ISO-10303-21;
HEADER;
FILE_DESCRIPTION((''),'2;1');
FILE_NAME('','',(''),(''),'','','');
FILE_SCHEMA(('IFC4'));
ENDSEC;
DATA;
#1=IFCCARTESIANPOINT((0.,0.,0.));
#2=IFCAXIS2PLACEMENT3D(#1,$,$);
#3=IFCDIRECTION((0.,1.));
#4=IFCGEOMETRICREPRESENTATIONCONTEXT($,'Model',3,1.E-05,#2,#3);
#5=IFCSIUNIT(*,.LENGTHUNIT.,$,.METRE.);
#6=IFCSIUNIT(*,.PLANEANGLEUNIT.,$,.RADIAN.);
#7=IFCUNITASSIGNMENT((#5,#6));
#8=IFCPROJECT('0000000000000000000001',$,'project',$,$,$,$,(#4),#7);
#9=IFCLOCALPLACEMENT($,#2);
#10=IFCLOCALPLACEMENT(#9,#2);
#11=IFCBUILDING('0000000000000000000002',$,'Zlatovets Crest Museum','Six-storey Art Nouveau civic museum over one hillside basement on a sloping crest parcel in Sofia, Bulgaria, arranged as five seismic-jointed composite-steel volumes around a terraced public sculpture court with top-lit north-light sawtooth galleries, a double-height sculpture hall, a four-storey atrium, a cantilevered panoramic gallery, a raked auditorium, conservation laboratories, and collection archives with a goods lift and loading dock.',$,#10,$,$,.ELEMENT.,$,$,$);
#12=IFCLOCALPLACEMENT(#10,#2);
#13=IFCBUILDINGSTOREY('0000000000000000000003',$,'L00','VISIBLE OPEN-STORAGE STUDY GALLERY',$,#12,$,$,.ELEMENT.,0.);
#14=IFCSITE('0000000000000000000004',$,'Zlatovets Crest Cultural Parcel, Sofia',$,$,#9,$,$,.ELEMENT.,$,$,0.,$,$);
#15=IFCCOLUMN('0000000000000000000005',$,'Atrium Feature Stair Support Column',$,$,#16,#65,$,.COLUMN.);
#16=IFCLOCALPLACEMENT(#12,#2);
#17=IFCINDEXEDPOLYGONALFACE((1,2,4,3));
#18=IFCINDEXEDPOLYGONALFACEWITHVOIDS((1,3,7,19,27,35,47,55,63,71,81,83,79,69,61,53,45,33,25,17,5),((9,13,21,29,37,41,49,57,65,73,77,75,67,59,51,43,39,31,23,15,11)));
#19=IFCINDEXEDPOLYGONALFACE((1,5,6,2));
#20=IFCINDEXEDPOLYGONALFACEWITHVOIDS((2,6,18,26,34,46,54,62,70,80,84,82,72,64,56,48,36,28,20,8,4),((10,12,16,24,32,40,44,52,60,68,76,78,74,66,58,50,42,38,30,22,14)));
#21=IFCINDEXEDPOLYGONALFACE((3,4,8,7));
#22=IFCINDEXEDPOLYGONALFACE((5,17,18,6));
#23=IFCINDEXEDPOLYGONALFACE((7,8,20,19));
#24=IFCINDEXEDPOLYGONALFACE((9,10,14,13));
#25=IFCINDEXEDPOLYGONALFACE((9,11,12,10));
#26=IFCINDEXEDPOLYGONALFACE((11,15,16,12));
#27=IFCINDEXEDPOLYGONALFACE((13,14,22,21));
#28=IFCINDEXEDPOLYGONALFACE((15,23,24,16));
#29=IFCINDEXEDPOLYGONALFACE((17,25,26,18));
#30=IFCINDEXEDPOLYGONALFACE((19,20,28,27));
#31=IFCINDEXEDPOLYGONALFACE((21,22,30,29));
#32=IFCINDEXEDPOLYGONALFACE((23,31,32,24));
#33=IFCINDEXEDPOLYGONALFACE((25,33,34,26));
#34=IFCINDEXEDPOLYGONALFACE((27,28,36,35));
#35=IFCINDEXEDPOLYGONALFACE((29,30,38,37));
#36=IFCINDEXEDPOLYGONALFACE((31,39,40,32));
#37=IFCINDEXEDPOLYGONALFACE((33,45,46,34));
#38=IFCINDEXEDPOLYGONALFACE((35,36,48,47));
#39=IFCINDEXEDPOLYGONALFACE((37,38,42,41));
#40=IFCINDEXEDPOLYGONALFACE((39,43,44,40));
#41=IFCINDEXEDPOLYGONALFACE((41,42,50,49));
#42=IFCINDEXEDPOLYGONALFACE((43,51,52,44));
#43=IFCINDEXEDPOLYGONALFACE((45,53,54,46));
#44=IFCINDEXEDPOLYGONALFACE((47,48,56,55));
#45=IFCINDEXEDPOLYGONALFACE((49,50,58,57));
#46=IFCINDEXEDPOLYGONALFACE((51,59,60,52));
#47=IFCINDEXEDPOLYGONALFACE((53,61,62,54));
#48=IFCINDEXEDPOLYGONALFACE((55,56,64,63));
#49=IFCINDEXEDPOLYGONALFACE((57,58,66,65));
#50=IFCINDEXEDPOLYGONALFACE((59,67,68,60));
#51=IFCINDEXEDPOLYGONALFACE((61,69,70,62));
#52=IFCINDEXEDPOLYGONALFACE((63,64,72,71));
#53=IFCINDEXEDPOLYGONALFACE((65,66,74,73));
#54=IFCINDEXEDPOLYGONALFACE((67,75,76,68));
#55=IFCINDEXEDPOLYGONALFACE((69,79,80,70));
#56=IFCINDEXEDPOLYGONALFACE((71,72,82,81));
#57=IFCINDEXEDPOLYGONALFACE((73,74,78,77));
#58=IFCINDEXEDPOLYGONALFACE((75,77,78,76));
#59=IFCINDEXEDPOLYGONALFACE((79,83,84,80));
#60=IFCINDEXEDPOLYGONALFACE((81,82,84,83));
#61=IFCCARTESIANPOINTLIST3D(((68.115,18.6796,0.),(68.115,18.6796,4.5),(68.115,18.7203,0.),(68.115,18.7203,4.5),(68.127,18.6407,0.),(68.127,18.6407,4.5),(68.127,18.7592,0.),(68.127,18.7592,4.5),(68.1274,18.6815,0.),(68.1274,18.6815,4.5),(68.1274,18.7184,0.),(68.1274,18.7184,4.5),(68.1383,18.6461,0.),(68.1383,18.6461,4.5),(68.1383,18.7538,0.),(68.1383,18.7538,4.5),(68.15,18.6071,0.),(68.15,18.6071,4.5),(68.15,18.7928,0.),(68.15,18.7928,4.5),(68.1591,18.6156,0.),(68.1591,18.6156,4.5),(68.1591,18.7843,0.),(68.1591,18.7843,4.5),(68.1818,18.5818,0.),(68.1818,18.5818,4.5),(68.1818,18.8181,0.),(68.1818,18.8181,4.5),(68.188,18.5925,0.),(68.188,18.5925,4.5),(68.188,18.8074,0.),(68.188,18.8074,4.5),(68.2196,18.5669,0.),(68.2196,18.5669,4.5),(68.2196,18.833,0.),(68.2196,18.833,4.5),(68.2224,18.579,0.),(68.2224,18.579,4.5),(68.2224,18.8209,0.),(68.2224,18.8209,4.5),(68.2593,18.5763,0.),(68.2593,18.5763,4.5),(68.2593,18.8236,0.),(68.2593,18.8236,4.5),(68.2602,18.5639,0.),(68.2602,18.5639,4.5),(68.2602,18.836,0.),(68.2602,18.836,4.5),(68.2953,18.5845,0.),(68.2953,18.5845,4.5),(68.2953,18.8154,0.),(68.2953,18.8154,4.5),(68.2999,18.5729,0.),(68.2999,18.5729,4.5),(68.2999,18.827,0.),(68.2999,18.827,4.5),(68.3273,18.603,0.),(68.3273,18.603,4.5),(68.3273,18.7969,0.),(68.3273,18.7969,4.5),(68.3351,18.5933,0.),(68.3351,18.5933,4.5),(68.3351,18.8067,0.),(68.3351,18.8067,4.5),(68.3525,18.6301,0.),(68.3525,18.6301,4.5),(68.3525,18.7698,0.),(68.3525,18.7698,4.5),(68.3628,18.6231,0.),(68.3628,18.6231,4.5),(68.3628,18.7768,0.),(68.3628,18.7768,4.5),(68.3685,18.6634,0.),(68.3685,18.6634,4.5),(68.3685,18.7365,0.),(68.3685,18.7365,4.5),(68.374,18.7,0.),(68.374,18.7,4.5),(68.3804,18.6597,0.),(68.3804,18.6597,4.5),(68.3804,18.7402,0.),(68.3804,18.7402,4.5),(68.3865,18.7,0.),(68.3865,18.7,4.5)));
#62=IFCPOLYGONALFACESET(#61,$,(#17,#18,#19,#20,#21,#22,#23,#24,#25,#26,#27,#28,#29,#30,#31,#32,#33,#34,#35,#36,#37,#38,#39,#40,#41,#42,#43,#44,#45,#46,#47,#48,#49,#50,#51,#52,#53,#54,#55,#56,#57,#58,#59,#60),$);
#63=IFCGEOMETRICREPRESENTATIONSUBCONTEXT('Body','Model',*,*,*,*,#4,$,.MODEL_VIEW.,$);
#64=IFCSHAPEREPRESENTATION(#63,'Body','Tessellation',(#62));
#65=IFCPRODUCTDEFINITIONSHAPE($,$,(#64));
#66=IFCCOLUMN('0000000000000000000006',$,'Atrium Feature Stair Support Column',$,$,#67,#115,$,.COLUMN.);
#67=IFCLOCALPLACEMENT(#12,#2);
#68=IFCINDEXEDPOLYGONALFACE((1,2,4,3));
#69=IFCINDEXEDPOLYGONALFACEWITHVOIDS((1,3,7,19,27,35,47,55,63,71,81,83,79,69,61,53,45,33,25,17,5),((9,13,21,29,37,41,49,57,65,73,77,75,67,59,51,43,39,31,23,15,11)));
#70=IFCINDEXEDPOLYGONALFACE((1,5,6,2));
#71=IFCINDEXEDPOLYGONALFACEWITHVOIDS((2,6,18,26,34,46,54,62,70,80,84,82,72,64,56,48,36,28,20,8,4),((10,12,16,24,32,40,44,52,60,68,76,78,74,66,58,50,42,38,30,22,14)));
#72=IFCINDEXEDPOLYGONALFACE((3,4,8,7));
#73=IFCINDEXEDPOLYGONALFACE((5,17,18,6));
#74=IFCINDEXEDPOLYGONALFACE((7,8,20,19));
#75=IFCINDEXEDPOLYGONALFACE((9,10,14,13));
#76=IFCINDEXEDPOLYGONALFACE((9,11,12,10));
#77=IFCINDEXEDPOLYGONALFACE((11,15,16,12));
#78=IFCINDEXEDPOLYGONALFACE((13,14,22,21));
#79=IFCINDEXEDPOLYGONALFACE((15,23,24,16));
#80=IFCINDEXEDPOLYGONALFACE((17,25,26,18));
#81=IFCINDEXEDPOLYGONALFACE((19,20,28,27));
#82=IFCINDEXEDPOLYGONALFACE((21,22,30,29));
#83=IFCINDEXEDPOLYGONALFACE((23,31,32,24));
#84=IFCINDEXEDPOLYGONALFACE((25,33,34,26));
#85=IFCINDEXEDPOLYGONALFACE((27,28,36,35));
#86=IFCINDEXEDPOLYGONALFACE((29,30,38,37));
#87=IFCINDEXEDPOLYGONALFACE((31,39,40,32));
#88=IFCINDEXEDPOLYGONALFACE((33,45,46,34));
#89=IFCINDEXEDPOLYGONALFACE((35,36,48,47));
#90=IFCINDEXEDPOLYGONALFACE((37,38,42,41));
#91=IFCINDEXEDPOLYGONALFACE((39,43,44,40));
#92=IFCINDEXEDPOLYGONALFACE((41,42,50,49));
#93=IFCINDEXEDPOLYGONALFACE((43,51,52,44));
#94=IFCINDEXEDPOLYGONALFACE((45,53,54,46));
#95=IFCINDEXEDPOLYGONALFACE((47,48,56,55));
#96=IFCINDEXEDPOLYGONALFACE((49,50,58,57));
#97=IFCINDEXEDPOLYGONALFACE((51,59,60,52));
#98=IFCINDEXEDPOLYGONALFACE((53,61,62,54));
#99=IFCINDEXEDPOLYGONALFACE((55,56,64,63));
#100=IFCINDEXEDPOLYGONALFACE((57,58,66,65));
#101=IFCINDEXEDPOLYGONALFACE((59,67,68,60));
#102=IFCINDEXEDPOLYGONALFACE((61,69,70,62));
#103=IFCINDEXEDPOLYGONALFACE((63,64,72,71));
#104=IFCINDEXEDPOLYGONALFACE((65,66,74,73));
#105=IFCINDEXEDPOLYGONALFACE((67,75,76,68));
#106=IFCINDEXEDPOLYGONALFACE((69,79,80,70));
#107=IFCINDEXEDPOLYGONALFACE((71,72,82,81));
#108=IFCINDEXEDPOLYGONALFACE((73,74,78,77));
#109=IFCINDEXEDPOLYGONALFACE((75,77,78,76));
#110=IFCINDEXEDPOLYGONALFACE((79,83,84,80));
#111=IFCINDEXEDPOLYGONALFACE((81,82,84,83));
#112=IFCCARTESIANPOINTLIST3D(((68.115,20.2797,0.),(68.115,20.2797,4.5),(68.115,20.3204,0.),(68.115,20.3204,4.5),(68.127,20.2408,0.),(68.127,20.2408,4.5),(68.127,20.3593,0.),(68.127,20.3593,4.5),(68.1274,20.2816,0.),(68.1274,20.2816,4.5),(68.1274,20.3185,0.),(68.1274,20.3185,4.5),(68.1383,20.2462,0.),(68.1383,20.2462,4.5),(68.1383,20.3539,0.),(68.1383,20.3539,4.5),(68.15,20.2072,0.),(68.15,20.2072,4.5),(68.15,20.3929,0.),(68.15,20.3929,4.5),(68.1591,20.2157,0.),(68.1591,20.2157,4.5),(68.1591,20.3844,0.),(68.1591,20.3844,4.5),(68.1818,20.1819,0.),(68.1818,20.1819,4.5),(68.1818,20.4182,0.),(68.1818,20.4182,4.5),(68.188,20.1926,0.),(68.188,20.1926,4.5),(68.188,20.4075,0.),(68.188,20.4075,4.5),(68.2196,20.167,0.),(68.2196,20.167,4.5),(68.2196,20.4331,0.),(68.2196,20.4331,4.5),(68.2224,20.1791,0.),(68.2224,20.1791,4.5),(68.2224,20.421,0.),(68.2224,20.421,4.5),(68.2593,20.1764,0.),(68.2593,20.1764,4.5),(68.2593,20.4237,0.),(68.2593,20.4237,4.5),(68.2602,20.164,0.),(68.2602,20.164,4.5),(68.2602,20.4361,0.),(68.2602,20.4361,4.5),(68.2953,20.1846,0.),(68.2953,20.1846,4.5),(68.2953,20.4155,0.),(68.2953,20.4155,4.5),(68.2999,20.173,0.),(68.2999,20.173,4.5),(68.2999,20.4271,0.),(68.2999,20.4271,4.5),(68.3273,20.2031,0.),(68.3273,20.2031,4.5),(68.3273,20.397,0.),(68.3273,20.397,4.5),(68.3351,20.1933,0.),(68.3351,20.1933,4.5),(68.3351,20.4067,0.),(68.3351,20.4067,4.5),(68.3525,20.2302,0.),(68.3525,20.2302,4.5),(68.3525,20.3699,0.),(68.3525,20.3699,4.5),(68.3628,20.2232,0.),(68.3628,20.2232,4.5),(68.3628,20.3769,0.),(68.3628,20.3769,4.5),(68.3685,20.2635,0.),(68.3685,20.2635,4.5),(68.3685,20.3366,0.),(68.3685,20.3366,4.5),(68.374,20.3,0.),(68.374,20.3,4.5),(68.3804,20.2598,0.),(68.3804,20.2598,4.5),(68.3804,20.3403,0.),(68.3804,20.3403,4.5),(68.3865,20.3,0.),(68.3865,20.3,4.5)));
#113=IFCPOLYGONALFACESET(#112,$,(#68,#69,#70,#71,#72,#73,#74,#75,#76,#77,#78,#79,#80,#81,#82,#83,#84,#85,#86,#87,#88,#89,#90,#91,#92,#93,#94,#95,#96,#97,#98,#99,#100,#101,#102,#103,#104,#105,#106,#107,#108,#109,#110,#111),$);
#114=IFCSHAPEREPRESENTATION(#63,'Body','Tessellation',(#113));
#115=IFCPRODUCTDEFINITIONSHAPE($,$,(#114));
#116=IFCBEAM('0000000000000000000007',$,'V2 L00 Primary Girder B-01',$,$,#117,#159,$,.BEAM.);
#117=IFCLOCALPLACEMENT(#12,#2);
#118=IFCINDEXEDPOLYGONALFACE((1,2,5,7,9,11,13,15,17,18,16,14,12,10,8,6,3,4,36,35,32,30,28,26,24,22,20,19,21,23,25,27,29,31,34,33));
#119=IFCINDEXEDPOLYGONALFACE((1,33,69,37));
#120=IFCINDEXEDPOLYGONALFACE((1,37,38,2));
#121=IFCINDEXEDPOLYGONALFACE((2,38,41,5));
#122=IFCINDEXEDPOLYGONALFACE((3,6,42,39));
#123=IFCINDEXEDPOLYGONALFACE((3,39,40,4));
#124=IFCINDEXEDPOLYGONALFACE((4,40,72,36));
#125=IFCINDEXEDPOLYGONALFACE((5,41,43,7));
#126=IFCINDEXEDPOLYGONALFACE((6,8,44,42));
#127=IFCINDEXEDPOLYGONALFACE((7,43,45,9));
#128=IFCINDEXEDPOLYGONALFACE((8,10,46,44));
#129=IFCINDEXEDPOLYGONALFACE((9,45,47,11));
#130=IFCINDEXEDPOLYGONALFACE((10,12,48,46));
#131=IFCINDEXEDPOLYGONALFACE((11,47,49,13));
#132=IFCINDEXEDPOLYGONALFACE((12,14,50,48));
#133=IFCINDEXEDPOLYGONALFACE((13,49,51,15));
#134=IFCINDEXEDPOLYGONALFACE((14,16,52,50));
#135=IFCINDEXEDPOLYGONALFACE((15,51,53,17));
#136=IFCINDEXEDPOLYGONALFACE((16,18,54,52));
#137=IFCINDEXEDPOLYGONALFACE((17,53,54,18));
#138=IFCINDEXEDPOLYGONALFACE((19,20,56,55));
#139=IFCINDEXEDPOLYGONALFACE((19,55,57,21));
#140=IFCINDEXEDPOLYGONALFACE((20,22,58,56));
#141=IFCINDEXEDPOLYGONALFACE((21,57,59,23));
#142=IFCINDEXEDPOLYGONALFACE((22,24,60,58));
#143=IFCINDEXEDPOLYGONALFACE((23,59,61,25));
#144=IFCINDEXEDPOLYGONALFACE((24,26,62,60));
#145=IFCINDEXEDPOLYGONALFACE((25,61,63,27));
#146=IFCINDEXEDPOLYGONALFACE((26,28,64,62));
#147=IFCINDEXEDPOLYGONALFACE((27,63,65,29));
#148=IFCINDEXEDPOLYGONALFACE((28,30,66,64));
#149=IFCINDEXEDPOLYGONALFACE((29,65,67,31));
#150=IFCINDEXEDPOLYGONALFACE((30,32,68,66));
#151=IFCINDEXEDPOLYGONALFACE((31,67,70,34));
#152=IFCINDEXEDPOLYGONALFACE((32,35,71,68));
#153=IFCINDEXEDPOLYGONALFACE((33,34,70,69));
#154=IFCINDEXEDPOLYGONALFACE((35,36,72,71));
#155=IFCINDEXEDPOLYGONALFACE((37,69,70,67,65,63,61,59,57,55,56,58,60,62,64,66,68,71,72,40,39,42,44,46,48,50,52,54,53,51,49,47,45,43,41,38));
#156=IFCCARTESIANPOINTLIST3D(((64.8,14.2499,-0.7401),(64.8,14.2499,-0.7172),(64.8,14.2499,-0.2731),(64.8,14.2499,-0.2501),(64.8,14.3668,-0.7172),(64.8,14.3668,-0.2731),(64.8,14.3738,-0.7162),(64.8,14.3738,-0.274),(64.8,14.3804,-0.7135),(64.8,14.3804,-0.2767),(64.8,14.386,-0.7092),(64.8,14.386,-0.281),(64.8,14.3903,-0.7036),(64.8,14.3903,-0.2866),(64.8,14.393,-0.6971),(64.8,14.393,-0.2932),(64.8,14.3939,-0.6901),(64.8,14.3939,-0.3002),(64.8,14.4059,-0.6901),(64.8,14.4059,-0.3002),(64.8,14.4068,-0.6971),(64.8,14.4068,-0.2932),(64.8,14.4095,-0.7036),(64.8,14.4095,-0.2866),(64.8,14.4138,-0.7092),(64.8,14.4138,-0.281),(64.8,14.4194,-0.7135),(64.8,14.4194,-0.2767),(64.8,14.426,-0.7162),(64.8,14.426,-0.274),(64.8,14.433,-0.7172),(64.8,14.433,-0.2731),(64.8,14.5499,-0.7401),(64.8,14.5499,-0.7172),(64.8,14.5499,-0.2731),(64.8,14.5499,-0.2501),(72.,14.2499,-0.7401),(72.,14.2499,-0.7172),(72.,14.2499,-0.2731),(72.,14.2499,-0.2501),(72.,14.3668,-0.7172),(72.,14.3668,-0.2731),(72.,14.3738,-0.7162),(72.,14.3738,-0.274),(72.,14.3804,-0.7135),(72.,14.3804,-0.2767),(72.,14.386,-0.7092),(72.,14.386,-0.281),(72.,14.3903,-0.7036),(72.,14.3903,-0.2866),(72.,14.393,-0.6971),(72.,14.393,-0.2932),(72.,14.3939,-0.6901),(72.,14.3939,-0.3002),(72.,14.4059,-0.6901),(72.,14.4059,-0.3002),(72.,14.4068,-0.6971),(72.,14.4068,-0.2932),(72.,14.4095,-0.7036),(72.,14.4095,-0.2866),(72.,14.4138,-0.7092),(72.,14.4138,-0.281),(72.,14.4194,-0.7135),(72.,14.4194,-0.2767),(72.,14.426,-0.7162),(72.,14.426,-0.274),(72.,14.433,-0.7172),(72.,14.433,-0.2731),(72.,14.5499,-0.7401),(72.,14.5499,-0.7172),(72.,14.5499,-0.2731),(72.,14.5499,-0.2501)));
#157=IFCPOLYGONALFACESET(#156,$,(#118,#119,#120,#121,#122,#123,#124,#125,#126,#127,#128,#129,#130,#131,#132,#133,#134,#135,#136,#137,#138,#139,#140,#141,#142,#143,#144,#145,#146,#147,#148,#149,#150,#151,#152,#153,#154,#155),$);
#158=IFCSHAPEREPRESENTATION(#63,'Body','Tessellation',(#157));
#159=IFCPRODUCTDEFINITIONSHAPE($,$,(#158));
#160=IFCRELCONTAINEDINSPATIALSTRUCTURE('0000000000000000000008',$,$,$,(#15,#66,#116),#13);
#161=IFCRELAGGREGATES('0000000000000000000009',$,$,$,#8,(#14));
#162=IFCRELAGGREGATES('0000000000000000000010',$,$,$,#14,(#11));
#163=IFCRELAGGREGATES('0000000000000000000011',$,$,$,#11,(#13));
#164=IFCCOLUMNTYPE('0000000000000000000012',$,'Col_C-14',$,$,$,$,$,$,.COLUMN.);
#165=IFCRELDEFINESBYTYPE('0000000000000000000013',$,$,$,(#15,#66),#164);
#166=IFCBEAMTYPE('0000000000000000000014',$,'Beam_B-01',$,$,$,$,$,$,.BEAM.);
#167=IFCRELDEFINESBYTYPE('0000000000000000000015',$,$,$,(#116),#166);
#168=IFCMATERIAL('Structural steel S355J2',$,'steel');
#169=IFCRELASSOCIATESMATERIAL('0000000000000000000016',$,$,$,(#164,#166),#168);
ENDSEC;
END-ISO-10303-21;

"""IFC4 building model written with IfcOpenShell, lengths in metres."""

from ifc_helpers import new_model, si_unit, direction, frame, origin, origin_2d, place, context, subcontext, project, spatial, hollow_circle, i_section, extrude, material, material_profile, profile_set, type_object, element, save


model = new_model("IFC4")

# Units and contexts
model_context = context("Model", 3, precision=1e-05, world=origin(), true_north=direction((0.0, 1.0)))
body_context = subcontext(model_context, "Body", "Model", "MODEL_VIEW")
ifc_project = project(units=[si_unit("LENGTHUNIT", "METRE"), si_unit("PLANEANGLEUNIT", "RADIAN")], contexts=[model_context])

# Site, building, storey
site_placement = place(None, origin())
site = spatial("IfcSite", under=ifc_project, at=site_placement, Name="Zlatovets Crest Cultural Parcel, Sofia", CompositionType="ELEMENT", RefElevation=0.0)
building_placement = place(site_placement, origin())
building = spatial("IfcBuilding", under=site, at=building_placement, Name="Zlatovets Crest Museum", Description="Six-storey Art Nouveau civic museum over one hillside basement on a sloping crest parcel in Sofia, Bulgaria, arranged as five seismic-jointed composite-steel volumes around a terraced public sculpture court with top-lit north-light sawtooth galleries, a double-height sculpture hall, a four-storey atrium, a cantilevered panoramic gallery, a raked auditorium, conservation laboratories, and collection archives with a goods lift and loading dock.", CompositionType="ELEMENT")
storey_placement = place(building_placement, origin())
storey = spatial("IfcBuildingStorey", under=building, at=storey_placement, Name="L00", Description="VISIBLE OPEN-STORAGE STUDY GALLERY", CompositionType="ELEMENT", Elevation=0.0)

# Columns
ifc_material_1 = material(Name="Structural steel S355J2", Category="steel")
ifc_material_profile_1 = material_profile(ifc_material_1, hollow_circle(Radius=0.1365, WallThickness=0.0125, at=origin_2d()), Name="CHS 273.0x12.5")
ifc_profile_set_1 = profile_set([ifc_material_profile_1], Name="Structural steel S355J2")
column_type = type_object("IfcColumnType", Name="Col_C-14", PredefinedType="COLUMN", material=ifc_profile_set_1)
for number, where, z_axis, x_axis, name in (
    (1, (68.25, 18.7, 0.0), (0.0, 0.0, 1.0), (1.0, 0.0, 0.0), "Atrium Feature Stair Support Column"),
    (2, (68.25, 20.3, 0.0), (0.0, 0.0, 1.0), (1.0, 0.0, 0.0), "Atrium Feature Stair Support Column"),
):
    element("IfcColumn", number, at=place(storey_placement, frame(where, z_axis=z_axis, x_axis=x_axis)), inside=storey, type_object=column_type, Name=name, PredefinedType="COLUMN", context=body_context, shape_type="SweptSolid", body=[
        extrude(hollow_circle(Radius=0.1365, WallThickness=0.0125, at=origin_2d()), origin(), (0.0, 0.0, 1.0), 4.5),
    ])

# Beam
ifc_material_profile_2 = material_profile(ifc_material_1, i_section(OverallWidth=0.3, OverallDepth=0.49, WebThickness=0.012, FlangeThickness=0.0229, FilletRadius=0.0271, at=origin_2d()), Name="HEA 500")
ifc_profile_set_2 = profile_set([ifc_material_profile_2], Name="Structural steel S355J2")
beam_type_1 = type_object("IfcBeamType", Name="Beam_B-01", PredefinedType="BEAM", material=ifc_profile_set_2)
beam_1_placement = place(storey_placement, frame((64.8, 14.3999, -0.4951), z_axis=(1.0, 0.0, 0.0), x_axis=(0.0, 1.0, 0.0)))
element("IfcBeam", 3, at=beam_1_placement, inside=storey, type_object=beam_type_1, Name="V2 L00 Primary Girder B-01", PredefinedType="BEAM", context=body_context, shape_type="SweptSolid", body=[
    extrude(i_section(OverallWidth=0.3, OverallDepth=0.49, WebThickness=0.012, FlangeThickness=0.0229, FilletRadius=0.0271, at=origin_2d()), origin(), (0.0, 0.0, 1.0), 7.2),
])

save(model, "model.ifc")
